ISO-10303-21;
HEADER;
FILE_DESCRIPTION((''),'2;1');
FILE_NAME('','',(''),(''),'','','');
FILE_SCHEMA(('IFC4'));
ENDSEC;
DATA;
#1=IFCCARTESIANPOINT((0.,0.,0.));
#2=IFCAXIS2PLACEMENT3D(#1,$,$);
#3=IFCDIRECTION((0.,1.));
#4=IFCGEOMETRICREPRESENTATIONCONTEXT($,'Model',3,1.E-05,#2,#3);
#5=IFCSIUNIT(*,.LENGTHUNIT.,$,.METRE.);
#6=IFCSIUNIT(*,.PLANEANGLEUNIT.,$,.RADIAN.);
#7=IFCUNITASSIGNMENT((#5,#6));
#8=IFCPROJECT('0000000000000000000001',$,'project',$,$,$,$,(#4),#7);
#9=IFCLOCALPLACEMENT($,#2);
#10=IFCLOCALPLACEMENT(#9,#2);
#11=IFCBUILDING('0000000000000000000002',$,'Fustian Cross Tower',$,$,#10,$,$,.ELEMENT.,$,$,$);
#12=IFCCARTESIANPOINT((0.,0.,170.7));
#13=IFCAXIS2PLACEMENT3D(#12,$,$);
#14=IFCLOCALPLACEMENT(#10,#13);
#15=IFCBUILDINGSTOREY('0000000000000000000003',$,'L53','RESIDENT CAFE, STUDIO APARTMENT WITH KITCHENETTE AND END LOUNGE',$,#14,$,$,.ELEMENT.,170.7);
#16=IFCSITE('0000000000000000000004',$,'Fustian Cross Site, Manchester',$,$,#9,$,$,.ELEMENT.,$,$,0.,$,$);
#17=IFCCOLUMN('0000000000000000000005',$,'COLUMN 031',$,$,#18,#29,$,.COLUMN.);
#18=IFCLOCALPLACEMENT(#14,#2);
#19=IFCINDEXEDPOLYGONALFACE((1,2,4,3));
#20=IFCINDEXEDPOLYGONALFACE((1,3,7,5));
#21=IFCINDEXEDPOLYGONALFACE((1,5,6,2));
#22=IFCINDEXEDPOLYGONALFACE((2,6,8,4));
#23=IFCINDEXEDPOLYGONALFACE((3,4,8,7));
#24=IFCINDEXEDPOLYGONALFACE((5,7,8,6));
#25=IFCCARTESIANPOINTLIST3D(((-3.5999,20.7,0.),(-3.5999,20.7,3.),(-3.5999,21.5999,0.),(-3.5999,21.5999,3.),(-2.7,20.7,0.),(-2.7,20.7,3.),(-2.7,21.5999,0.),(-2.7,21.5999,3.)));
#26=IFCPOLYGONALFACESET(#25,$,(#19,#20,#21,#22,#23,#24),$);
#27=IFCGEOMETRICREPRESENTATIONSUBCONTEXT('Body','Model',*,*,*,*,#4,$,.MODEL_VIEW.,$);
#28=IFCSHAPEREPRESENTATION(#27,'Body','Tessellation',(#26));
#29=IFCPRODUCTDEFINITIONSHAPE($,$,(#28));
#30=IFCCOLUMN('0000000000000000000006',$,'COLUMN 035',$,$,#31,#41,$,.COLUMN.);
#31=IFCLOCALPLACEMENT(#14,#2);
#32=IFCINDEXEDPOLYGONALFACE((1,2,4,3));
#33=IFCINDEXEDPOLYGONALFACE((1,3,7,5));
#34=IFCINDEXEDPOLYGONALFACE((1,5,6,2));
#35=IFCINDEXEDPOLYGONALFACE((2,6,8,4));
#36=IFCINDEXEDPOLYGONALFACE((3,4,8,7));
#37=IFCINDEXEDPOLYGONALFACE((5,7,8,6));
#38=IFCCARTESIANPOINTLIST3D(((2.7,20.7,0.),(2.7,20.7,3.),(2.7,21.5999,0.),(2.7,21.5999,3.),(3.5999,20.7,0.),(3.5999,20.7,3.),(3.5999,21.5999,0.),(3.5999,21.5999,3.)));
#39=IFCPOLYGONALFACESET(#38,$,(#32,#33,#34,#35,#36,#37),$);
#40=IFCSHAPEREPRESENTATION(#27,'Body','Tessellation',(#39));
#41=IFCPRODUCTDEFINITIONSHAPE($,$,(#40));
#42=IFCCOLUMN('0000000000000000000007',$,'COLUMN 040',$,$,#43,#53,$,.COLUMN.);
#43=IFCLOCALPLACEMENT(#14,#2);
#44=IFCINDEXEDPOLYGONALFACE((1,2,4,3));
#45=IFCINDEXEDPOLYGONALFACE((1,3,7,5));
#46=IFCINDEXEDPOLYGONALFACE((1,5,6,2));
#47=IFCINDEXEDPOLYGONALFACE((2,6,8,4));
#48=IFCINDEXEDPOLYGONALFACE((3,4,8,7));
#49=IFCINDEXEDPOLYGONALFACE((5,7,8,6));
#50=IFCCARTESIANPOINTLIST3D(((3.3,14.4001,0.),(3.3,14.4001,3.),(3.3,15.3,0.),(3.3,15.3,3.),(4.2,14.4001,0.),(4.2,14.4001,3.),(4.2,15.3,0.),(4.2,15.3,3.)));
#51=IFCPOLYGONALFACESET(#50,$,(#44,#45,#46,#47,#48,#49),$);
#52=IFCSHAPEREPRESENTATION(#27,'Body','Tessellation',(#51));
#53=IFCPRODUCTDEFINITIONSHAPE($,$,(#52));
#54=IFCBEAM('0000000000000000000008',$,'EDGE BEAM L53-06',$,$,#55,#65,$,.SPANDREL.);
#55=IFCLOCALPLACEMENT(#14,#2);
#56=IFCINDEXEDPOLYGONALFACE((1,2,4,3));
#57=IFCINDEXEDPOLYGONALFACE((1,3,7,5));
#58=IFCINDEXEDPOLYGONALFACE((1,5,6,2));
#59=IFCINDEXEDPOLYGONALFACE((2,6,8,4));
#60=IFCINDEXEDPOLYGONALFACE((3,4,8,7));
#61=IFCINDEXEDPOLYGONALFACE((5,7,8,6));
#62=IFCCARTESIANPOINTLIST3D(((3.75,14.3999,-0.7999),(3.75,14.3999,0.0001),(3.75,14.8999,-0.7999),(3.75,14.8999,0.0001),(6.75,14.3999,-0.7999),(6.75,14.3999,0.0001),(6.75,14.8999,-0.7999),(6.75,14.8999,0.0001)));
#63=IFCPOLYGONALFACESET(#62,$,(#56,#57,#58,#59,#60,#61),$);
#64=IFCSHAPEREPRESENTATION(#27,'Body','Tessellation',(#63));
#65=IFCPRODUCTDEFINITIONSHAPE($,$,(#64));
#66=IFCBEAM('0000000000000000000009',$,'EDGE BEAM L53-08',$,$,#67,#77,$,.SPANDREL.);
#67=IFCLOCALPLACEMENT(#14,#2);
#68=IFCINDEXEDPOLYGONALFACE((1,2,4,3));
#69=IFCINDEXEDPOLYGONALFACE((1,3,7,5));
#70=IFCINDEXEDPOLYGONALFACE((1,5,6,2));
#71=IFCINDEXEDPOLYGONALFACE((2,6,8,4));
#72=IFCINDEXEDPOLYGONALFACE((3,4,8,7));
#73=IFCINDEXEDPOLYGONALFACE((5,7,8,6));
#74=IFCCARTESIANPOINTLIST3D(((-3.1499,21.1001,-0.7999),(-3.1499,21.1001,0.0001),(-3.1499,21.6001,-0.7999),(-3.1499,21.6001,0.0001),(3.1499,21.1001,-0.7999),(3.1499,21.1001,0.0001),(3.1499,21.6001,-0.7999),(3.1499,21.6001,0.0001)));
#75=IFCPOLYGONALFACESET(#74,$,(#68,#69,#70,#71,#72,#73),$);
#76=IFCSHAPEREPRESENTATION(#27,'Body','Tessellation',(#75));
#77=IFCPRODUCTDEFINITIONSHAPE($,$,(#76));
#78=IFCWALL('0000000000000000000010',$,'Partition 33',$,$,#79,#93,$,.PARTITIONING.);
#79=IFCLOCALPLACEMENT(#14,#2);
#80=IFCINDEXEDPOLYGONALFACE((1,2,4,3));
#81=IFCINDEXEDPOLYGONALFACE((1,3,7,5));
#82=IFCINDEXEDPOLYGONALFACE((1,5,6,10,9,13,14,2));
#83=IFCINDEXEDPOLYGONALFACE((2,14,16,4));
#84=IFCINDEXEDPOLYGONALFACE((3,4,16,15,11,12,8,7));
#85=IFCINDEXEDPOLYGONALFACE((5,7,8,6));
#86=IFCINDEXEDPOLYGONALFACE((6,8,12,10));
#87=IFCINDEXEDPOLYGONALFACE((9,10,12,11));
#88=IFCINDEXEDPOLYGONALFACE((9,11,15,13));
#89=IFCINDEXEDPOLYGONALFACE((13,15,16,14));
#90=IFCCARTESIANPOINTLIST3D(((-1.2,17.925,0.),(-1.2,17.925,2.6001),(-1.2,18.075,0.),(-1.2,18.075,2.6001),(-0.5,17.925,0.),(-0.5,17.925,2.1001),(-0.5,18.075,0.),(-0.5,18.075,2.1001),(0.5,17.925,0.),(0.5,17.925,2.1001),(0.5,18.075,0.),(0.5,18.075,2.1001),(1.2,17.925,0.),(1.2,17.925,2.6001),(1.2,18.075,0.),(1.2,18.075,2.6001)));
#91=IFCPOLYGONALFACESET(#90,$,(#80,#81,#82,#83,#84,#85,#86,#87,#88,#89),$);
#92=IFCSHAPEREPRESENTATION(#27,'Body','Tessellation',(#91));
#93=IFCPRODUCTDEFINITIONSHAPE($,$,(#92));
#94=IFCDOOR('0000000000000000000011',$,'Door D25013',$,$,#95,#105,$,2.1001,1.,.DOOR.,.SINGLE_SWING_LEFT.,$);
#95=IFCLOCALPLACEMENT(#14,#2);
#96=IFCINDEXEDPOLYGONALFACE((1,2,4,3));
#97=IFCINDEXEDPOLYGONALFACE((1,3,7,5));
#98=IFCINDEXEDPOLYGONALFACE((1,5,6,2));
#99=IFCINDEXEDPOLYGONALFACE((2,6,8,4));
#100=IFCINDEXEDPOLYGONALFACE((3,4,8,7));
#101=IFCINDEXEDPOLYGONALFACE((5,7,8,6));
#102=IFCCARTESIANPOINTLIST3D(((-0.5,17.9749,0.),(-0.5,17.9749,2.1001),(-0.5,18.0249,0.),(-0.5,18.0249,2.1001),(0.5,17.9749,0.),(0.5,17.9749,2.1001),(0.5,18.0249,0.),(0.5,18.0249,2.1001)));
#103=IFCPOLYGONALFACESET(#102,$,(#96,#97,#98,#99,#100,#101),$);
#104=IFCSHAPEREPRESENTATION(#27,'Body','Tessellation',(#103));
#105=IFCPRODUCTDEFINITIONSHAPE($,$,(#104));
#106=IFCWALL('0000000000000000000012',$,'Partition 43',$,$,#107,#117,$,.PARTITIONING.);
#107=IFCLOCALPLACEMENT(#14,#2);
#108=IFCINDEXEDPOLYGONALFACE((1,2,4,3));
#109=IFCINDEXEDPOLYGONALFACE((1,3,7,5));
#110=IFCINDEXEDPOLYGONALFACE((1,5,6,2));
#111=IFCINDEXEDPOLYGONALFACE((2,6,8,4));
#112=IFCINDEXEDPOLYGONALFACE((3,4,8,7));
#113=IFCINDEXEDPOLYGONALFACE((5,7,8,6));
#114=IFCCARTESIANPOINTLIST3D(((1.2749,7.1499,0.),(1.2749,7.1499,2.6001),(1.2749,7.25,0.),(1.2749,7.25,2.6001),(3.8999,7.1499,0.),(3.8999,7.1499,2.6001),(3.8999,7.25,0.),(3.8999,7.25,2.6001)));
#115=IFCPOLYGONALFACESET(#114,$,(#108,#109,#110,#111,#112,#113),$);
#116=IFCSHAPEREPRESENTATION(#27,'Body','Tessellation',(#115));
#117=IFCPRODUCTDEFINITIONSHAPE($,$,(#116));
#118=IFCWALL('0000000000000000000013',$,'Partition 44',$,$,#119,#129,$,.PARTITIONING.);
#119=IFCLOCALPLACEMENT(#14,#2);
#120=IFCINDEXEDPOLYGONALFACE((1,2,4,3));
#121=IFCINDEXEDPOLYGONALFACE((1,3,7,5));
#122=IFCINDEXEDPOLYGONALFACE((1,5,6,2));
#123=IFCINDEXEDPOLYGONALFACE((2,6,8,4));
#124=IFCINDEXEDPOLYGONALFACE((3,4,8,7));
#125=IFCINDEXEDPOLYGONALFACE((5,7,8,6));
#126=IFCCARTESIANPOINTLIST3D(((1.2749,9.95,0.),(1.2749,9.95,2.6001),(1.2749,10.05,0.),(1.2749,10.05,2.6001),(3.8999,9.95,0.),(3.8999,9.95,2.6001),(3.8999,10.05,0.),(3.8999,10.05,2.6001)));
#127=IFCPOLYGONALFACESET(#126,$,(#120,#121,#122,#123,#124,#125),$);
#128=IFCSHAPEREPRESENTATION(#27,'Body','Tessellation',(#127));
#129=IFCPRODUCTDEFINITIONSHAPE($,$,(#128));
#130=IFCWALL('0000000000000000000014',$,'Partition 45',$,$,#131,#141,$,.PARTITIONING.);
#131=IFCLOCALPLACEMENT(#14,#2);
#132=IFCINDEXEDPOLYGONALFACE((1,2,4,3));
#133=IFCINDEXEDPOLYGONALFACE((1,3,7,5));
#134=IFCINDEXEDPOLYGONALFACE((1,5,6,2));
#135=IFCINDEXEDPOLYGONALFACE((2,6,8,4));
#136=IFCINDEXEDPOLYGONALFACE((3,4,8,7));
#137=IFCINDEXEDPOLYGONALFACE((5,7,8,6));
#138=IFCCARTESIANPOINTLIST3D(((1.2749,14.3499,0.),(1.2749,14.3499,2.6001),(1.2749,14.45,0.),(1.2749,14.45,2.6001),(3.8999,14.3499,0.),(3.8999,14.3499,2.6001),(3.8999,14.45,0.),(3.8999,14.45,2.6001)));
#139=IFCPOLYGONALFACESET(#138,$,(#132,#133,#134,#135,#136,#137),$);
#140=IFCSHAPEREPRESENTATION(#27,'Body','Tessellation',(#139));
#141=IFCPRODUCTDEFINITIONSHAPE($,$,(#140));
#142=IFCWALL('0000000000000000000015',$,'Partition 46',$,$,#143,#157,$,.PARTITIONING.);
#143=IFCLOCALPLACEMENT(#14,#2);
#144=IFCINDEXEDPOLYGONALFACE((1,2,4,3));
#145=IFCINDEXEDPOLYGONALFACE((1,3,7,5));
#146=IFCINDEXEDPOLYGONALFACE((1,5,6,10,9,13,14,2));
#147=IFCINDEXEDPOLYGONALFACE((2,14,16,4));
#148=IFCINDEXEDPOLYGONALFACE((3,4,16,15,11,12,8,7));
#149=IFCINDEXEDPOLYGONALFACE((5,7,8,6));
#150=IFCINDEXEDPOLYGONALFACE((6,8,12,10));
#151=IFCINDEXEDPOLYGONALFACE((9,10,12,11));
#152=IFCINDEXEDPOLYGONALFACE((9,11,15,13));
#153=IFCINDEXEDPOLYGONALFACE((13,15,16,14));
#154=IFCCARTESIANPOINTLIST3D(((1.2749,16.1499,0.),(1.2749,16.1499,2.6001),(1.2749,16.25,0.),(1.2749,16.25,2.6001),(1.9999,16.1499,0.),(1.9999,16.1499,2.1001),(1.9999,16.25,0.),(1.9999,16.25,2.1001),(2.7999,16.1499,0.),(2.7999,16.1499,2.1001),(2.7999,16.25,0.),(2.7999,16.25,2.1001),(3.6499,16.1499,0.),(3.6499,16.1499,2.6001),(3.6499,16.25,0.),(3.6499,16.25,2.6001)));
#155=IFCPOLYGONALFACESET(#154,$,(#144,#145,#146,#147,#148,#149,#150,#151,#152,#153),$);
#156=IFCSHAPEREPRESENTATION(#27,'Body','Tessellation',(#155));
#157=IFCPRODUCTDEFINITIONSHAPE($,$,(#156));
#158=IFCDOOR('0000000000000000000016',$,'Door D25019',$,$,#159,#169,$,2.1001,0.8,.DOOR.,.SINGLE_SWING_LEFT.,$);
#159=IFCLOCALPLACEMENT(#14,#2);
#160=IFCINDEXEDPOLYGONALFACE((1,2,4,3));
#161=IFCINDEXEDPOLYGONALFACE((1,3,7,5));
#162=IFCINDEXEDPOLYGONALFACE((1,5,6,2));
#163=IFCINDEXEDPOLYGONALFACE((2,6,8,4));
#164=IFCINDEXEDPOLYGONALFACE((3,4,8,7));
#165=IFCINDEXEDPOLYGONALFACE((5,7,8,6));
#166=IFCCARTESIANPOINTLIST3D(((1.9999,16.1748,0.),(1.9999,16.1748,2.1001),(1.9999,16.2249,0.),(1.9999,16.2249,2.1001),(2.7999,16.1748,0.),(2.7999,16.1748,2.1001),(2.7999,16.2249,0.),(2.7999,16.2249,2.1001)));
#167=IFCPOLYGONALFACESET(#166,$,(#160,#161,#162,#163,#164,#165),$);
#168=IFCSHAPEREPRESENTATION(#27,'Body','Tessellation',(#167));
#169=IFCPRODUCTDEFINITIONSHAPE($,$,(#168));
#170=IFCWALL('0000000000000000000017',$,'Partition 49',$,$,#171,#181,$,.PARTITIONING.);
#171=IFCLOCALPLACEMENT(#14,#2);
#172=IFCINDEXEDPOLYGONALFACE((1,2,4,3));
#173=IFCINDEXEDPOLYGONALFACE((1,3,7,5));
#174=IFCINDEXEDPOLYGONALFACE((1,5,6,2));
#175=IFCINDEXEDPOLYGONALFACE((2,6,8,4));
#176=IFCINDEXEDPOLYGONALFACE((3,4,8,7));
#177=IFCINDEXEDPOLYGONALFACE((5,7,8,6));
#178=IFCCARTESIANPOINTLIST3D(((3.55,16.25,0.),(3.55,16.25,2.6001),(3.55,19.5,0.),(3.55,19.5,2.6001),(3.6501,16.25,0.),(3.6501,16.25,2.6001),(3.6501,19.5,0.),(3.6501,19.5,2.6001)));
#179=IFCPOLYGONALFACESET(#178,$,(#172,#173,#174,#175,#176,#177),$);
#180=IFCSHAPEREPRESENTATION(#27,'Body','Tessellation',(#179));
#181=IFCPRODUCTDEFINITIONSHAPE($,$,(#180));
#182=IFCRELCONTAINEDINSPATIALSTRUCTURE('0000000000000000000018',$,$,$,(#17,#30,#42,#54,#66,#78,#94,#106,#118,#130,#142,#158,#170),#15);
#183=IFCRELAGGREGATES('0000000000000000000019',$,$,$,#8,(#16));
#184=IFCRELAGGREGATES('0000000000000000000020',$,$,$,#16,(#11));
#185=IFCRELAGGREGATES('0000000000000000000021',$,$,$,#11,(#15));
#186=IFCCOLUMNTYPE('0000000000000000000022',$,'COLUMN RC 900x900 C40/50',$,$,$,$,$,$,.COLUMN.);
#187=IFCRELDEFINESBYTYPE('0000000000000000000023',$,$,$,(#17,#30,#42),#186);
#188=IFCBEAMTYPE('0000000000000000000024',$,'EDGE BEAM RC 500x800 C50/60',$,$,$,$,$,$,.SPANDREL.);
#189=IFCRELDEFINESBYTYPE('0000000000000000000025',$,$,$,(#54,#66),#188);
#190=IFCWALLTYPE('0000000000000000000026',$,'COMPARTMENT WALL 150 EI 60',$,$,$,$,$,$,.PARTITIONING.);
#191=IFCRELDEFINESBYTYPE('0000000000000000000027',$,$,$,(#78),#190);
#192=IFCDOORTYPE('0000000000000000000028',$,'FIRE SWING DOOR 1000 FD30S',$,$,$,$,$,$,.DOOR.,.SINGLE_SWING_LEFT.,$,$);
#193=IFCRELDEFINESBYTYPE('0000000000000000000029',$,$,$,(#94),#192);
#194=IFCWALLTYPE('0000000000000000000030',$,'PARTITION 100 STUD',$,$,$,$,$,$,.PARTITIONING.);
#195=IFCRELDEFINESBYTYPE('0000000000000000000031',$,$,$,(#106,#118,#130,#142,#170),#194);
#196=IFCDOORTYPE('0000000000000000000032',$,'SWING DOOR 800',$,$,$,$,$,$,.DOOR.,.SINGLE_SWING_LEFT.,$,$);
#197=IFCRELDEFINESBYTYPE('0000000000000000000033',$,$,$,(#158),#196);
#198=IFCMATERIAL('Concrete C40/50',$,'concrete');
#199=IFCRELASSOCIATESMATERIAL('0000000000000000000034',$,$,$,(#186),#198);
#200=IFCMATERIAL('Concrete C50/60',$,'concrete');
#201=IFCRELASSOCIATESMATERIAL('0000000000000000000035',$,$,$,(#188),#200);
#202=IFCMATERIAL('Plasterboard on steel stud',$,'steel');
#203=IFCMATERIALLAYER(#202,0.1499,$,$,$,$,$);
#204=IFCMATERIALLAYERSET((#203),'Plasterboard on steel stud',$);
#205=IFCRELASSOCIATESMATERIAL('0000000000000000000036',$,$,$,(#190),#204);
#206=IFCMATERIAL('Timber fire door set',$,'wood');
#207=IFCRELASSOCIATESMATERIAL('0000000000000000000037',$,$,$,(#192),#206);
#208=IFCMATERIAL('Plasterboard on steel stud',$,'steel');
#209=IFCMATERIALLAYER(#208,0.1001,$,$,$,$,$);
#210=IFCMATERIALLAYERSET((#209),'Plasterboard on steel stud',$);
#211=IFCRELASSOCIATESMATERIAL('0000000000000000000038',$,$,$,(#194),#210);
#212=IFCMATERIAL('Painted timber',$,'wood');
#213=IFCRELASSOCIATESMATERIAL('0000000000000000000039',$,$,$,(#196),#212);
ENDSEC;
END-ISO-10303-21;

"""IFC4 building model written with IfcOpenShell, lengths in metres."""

from ifc_helpers import new_model, si_unit, direction, frame, frame_2d, origin, origin_2d, place, context, subcontext, project, spatial, rectangle, extrude, material, layer, layer_set, material_profile, profile_set, type_object, element, fill, save


model = new_model("IFC4")

# Units and contexts
model_context = context("Model", 3, precision=1e-05, world=origin(), true_north=direction((0.0, 1.0)))
body_context = subcontext(model_context, "Body", "Model", "MODEL_VIEW")
ifc_project = project(units=[si_unit("LENGTHUNIT", "METRE"), si_unit("PLANEANGLEUNIT", "RADIAN")], contexts=[model_context])

# Site, building, storey
site_placement = place(None, origin())
site = spatial("IfcSite", under=ifc_project, at=site_placement, Name="Fustian Cross Site, Manchester", CompositionType="ELEMENT", RefElevation=0.0)
building_placement = place(site_placement, origin())
building = spatial("IfcBuilding", under=site, at=building_placement, Name="Fustian Cross Tower", CompositionType="ELEMENT")
storey_placement = place(building_placement, frame((0.0, 0.0, 170.7)))
storey = spatial("IfcBuildingStorey", under=building, at=storey_placement, Name="L53", Description="RESIDENT CAFE, STUDIO APARTMENT WITH KITCHENETTE AND END LOUNGE", CompositionType="ELEMENT", Elevation=170.7)

# Columns
ifc_material_1 = material(Name="Concrete C40/50", Category="concrete")
ifc_material_profile_1 = material_profile(ifc_material_1, rectangle(XDim=0.8999, YDim=0.8999, at=origin_2d()), Name="RC 900x900")
ifc_profile_set_1 = profile_set([ifc_material_profile_1], Name="Concrete C40/50")
column_type = type_object("IfcColumnType", Name="COLUMN RC 900x900 C40/50", PredefinedType="COLUMN", material=ifc_profile_set_1)
for number, where, z_axis, x_axis, name in (
    (1, (-3.1499, 21.1499, 0.0), (0.0, 0.0, 1.0), (1.0, 0.0, 0.0), "COLUMN 031"),
    (2, (3.1499, 21.1499, 0.0), (0.0, 0.0, 1.0), (1.0, 0.0, 0.0), "COLUMN 035"),
    (3, (3.75, 14.8501, 0.0), (0.0, 0.0, 1.0), (1.0, 0.0, 0.0), "COLUMN 040"),
):
    element("IfcColumn", number, at=place(storey_placement, frame(where, z_axis=z_axis, x_axis=x_axis)), inside=storey, type_object=column_type, Name=name, PredefinedType="COLUMN", context=body_context, shape_type="SweptSolid", body=[
        extrude(rectangle(XDim=0.8999, YDim=0.8999, at=origin_2d()), origin(), (0.0, 0.0, 1.0), 3.0),
    ])

# Beams
ifc_material_2 = material(Name="Concrete C50/60", Category="concrete")
ifc_material_profile_2 = material_profile(ifc_material_2, rectangle(XDim=0.5, YDim=0.8, at=origin_2d()), Name="RC 500x800")
ifc_profile_set_2 = profile_set([ifc_material_profile_2], Name="Concrete C50/60")
beam_type = type_object("IfcBeamType", Name="EDGE BEAM RC 500x800 C50/60", PredefinedType="SPANDREL", material=ifc_profile_set_2)
beam_1_placement = place(storey_placement, frame((3.75, 14.6499, -0.3999), z_axis=(1.0, 0.0, 0.0), x_axis=(0.0, 1.0, 0.0)))
element("IfcBeam", 4, at=beam_1_placement, inside=storey, type_object=beam_type, Name="EDGE BEAM L53-06", PredefinedType="SPANDREL", context=body_context, shape_type="SweptSolid", body=[
    extrude(rectangle(XDim=0.5, YDim=0.8, at=origin_2d()), origin(), (0.0, 0.0, 1.0), 3.0),
])
beam_2_placement = place(storey_placement, frame((3.1499, 21.3501, -0.3999), z_axis=(-1.0, 0.0, 0.0), x_axis=(0.0, -1.0, 0.0)))
element("IfcBeam", 5, at=beam_2_placement, inside=storey, type_object=beam_type, Name="EDGE BEAM L53-08", PredefinedType="SPANDREL", context=body_context, shape_type="SweptSolid", body=[
    extrude(rectangle(XDim=0.5, YDim=0.8, at=origin_2d()), origin(), (0.0, 0.0, 1.0), 6.2998),
])

# Wall, opening, door
ifc_material_3 = material(Name="Plasterboard on steel stud", Category="steel")
ifc_layer_1 = layer(ifc_material_3, 0.1499)
ifc_layer_set_1 = layer_set([ifc_layer_1], Name="Plasterboard on steel stud")
wall_type_1 = type_object("IfcWallType", Name="COMPARTMENT WALL 150 EI 60", PredefinedType="PARTITIONING", material=ifc_layer_set_1)
wall_1_placement = place(storey_placement, frame((-1.2, 18.0, 0.0), z_axis=(0.0, 0.0, 1.0), x_axis=(1.0, 0.0, 0.0)))
wall_1 = element("IfcWall", 6, at=wall_1_placement, inside=storey, type_object=wall_type_1, Name="Partition 33", PredefinedType="PARTITIONING", context=body_context, shape_type="SweptSolid", body=[
    extrude(rectangle(XDim=2.3999, YDim=0.1499, at=frame_2d((1.2, 0.0))), origin(), (0.0, 0.0, 1.0), 2.6001),
])
opening_1_placement = place(wall_1_placement, frame((0.7, 0.0, 0.0)))
opening_1 = element("IfcOpeningElement", 7, at=opening_1_placement, cuts=wall_1, PredefinedType="OPENING", context=body_context, shape_type="SweptSolid", body=[
    extrude(rectangle(XDim=1.0, YDim=2.1001, at=frame_2d((0.5, 1.05))), frame((0.0, 0.085, 0.0), z_axis=(0.0, -1.0, 0.0), x_axis=(1.0, 0.0, 0.0)), (0.0, 0.0, 1.0), 0.1699),
])
ifc_material_4 = material(Name="Timber fire door set", Category="wood")
door_type_1 = type_object("IfcDoorType", Name="FIRE SWING DOOR 1000 FD30S", OperationType="SINGLE_SWING_LEFT", PredefinedType="DOOR", material=ifc_material_4)
door_1_placement = place(opening_1_placement, origin())
door_1 = element("IfcDoor", 8, at=door_1_placement, inside=storey, type_object=door_type_1, Name="Door D25013", OperationType="SINGLE_SWING_LEFT", OverallHeight=2.1001, OverallWidth=1.0, PredefinedType="DOOR", context=body_context, shape_type="SweptSolid", body=[
    extrude(rectangle(XDim=1.0, YDim=2.1001, at=frame_2d((0.5, 1.05))), frame((0.0, 0.0249, 0.0), z_axis=(0.0, -1.0, 0.0), x_axis=(1.0, 0.0, 0.0)), (0.0, 0.0, 1.0), 0.05),
])
fill(opening_1, door_1)

# Walls
ifc_material_5 = material(Name="Plasterboard on steel stud", Category="steel")
ifc_layer_2 = layer(ifc_material_5, 0.1001)
ifc_layer_set_2 = layer_set([ifc_layer_2], Name="Plasterboard on steel stud")
wall_type_2 = type_object("IfcWallType", Name="PARTITION 100 STUD", PredefinedType="PARTITIONING", material=ifc_layer_set_2)
for number, where, z_axis, x_axis, name in (
    (9, (1.2749, 7.2, 0.0), (0.0, 0.0, 1.0), (1.0, 0.0, 0.0), "Partition 43"),
    (10, (1.2749, 10.0, 0.0), (0.0, 0.0, 1.0), (1.0, 0.0, 0.0), "Partition 44"),
    (11, (1.2749, 14.3999, 0.0), (0.0, 0.0, 1.0), (1.0, 0.0, 0.0), "Partition 45"),
):
    element("IfcWall", number, at=place(storey_placement, frame(where, z_axis=z_axis, x_axis=x_axis)), inside=storey, type_object=wall_type_2, Name=name, PredefinedType="PARTITIONING", context=body_context, shape_type="SweptSolid", body=[
        extrude(rectangle(XDim=2.625, YDim=0.1001, at=frame_2d((1.3125, 0.0))), origin(), (0.0, 0.0, 1.0), 2.6001),
    ])

# Wall, opening, door
wall_2_placement = place(storey_placement, frame((1.2749, 16.2, 0.0), z_axis=(0.0, 0.0, 1.0), x_axis=(1.0, 0.0, 0.0)))
wall_2 = element("IfcWall", 12, at=wall_2_placement, inside=storey, type_object=wall_type_2, Name="Partition 46", PredefinedType="PARTITIONING", context=body_context, shape_type="SweptSolid", body=[
    extrude(rectangle(XDim=2.375, YDim=0.1001, at=frame_2d((1.1875, 0.0))), origin(), (0.0, 0.0, 1.0), 2.6001),
])
opening_2_placement = place(wall_2_placement, frame((0.7251, 0.0, 0.0)))
opening_2 = element("IfcOpeningElement", 13, at=opening_2_placement, cuts=wall_2, PredefinedType="OPENING", context=body_context, shape_type="SweptSolid", body=[
    extrude(rectangle(XDim=0.8, YDim=2.1001, at=frame_2d((0.3999, 1.05))), frame((0.0, 0.0601, 0.0), z_axis=(0.0, -1.0, 0.0), x_axis=(1.0, 0.0, 0.0)), (0.0, 0.0, 1.0), 0.1201),
])
ifc_material_6 = material(Name="Painted timber", Category="wood")
door_type_2 = type_object("IfcDoorType", Name="SWING DOOR 800", OperationType="SINGLE_SWING_LEFT", PredefinedType="DOOR", material=ifc_material_6)
door_2_placement = place(opening_2_placement, origin())
door_2 = element("IfcDoor", 14, at=door_2_placement, inside=storey, type_object=door_type_2, Name="Door D25019", OperationType="SINGLE_SWING_LEFT", OverallHeight=2.1001, OverallWidth=0.8, PredefinedType="DOOR", context=body_context, shape_type="SweptSolid", body=[
    extrude(rectangle(XDim=0.8, YDim=2.1001, at=frame_2d((0.3999, 1.05))), frame((0.0, 0.0249, 0.0), z_axis=(0.0, -1.0, 0.0), x_axis=(1.0, 0.0, 0.0)), (0.0, 0.0, 1.0), 0.05),
])
fill(opening_2, door_2)

# Wall
wall_3_placement = place(storey_placement, frame((3.6001, 16.25, 0.0), z_axis=(0.0, 0.0, 1.0), x_axis=(0.0, 1.0, 0.0)))
element("IfcWall", 15, at=wall_3_placement, inside=storey, type_object=wall_type_2, Name="Partition 49", PredefinedType="PARTITIONING", context=body_context, shape_type="SweptSolid", body=[
    extrude(rectangle(XDim=3.25, YDim=0.1001, at=frame_2d((1.625, 0.0))), origin(), (0.0, 0.0, 1.0), 2.6001),
])

save(model, "model.ifc")
